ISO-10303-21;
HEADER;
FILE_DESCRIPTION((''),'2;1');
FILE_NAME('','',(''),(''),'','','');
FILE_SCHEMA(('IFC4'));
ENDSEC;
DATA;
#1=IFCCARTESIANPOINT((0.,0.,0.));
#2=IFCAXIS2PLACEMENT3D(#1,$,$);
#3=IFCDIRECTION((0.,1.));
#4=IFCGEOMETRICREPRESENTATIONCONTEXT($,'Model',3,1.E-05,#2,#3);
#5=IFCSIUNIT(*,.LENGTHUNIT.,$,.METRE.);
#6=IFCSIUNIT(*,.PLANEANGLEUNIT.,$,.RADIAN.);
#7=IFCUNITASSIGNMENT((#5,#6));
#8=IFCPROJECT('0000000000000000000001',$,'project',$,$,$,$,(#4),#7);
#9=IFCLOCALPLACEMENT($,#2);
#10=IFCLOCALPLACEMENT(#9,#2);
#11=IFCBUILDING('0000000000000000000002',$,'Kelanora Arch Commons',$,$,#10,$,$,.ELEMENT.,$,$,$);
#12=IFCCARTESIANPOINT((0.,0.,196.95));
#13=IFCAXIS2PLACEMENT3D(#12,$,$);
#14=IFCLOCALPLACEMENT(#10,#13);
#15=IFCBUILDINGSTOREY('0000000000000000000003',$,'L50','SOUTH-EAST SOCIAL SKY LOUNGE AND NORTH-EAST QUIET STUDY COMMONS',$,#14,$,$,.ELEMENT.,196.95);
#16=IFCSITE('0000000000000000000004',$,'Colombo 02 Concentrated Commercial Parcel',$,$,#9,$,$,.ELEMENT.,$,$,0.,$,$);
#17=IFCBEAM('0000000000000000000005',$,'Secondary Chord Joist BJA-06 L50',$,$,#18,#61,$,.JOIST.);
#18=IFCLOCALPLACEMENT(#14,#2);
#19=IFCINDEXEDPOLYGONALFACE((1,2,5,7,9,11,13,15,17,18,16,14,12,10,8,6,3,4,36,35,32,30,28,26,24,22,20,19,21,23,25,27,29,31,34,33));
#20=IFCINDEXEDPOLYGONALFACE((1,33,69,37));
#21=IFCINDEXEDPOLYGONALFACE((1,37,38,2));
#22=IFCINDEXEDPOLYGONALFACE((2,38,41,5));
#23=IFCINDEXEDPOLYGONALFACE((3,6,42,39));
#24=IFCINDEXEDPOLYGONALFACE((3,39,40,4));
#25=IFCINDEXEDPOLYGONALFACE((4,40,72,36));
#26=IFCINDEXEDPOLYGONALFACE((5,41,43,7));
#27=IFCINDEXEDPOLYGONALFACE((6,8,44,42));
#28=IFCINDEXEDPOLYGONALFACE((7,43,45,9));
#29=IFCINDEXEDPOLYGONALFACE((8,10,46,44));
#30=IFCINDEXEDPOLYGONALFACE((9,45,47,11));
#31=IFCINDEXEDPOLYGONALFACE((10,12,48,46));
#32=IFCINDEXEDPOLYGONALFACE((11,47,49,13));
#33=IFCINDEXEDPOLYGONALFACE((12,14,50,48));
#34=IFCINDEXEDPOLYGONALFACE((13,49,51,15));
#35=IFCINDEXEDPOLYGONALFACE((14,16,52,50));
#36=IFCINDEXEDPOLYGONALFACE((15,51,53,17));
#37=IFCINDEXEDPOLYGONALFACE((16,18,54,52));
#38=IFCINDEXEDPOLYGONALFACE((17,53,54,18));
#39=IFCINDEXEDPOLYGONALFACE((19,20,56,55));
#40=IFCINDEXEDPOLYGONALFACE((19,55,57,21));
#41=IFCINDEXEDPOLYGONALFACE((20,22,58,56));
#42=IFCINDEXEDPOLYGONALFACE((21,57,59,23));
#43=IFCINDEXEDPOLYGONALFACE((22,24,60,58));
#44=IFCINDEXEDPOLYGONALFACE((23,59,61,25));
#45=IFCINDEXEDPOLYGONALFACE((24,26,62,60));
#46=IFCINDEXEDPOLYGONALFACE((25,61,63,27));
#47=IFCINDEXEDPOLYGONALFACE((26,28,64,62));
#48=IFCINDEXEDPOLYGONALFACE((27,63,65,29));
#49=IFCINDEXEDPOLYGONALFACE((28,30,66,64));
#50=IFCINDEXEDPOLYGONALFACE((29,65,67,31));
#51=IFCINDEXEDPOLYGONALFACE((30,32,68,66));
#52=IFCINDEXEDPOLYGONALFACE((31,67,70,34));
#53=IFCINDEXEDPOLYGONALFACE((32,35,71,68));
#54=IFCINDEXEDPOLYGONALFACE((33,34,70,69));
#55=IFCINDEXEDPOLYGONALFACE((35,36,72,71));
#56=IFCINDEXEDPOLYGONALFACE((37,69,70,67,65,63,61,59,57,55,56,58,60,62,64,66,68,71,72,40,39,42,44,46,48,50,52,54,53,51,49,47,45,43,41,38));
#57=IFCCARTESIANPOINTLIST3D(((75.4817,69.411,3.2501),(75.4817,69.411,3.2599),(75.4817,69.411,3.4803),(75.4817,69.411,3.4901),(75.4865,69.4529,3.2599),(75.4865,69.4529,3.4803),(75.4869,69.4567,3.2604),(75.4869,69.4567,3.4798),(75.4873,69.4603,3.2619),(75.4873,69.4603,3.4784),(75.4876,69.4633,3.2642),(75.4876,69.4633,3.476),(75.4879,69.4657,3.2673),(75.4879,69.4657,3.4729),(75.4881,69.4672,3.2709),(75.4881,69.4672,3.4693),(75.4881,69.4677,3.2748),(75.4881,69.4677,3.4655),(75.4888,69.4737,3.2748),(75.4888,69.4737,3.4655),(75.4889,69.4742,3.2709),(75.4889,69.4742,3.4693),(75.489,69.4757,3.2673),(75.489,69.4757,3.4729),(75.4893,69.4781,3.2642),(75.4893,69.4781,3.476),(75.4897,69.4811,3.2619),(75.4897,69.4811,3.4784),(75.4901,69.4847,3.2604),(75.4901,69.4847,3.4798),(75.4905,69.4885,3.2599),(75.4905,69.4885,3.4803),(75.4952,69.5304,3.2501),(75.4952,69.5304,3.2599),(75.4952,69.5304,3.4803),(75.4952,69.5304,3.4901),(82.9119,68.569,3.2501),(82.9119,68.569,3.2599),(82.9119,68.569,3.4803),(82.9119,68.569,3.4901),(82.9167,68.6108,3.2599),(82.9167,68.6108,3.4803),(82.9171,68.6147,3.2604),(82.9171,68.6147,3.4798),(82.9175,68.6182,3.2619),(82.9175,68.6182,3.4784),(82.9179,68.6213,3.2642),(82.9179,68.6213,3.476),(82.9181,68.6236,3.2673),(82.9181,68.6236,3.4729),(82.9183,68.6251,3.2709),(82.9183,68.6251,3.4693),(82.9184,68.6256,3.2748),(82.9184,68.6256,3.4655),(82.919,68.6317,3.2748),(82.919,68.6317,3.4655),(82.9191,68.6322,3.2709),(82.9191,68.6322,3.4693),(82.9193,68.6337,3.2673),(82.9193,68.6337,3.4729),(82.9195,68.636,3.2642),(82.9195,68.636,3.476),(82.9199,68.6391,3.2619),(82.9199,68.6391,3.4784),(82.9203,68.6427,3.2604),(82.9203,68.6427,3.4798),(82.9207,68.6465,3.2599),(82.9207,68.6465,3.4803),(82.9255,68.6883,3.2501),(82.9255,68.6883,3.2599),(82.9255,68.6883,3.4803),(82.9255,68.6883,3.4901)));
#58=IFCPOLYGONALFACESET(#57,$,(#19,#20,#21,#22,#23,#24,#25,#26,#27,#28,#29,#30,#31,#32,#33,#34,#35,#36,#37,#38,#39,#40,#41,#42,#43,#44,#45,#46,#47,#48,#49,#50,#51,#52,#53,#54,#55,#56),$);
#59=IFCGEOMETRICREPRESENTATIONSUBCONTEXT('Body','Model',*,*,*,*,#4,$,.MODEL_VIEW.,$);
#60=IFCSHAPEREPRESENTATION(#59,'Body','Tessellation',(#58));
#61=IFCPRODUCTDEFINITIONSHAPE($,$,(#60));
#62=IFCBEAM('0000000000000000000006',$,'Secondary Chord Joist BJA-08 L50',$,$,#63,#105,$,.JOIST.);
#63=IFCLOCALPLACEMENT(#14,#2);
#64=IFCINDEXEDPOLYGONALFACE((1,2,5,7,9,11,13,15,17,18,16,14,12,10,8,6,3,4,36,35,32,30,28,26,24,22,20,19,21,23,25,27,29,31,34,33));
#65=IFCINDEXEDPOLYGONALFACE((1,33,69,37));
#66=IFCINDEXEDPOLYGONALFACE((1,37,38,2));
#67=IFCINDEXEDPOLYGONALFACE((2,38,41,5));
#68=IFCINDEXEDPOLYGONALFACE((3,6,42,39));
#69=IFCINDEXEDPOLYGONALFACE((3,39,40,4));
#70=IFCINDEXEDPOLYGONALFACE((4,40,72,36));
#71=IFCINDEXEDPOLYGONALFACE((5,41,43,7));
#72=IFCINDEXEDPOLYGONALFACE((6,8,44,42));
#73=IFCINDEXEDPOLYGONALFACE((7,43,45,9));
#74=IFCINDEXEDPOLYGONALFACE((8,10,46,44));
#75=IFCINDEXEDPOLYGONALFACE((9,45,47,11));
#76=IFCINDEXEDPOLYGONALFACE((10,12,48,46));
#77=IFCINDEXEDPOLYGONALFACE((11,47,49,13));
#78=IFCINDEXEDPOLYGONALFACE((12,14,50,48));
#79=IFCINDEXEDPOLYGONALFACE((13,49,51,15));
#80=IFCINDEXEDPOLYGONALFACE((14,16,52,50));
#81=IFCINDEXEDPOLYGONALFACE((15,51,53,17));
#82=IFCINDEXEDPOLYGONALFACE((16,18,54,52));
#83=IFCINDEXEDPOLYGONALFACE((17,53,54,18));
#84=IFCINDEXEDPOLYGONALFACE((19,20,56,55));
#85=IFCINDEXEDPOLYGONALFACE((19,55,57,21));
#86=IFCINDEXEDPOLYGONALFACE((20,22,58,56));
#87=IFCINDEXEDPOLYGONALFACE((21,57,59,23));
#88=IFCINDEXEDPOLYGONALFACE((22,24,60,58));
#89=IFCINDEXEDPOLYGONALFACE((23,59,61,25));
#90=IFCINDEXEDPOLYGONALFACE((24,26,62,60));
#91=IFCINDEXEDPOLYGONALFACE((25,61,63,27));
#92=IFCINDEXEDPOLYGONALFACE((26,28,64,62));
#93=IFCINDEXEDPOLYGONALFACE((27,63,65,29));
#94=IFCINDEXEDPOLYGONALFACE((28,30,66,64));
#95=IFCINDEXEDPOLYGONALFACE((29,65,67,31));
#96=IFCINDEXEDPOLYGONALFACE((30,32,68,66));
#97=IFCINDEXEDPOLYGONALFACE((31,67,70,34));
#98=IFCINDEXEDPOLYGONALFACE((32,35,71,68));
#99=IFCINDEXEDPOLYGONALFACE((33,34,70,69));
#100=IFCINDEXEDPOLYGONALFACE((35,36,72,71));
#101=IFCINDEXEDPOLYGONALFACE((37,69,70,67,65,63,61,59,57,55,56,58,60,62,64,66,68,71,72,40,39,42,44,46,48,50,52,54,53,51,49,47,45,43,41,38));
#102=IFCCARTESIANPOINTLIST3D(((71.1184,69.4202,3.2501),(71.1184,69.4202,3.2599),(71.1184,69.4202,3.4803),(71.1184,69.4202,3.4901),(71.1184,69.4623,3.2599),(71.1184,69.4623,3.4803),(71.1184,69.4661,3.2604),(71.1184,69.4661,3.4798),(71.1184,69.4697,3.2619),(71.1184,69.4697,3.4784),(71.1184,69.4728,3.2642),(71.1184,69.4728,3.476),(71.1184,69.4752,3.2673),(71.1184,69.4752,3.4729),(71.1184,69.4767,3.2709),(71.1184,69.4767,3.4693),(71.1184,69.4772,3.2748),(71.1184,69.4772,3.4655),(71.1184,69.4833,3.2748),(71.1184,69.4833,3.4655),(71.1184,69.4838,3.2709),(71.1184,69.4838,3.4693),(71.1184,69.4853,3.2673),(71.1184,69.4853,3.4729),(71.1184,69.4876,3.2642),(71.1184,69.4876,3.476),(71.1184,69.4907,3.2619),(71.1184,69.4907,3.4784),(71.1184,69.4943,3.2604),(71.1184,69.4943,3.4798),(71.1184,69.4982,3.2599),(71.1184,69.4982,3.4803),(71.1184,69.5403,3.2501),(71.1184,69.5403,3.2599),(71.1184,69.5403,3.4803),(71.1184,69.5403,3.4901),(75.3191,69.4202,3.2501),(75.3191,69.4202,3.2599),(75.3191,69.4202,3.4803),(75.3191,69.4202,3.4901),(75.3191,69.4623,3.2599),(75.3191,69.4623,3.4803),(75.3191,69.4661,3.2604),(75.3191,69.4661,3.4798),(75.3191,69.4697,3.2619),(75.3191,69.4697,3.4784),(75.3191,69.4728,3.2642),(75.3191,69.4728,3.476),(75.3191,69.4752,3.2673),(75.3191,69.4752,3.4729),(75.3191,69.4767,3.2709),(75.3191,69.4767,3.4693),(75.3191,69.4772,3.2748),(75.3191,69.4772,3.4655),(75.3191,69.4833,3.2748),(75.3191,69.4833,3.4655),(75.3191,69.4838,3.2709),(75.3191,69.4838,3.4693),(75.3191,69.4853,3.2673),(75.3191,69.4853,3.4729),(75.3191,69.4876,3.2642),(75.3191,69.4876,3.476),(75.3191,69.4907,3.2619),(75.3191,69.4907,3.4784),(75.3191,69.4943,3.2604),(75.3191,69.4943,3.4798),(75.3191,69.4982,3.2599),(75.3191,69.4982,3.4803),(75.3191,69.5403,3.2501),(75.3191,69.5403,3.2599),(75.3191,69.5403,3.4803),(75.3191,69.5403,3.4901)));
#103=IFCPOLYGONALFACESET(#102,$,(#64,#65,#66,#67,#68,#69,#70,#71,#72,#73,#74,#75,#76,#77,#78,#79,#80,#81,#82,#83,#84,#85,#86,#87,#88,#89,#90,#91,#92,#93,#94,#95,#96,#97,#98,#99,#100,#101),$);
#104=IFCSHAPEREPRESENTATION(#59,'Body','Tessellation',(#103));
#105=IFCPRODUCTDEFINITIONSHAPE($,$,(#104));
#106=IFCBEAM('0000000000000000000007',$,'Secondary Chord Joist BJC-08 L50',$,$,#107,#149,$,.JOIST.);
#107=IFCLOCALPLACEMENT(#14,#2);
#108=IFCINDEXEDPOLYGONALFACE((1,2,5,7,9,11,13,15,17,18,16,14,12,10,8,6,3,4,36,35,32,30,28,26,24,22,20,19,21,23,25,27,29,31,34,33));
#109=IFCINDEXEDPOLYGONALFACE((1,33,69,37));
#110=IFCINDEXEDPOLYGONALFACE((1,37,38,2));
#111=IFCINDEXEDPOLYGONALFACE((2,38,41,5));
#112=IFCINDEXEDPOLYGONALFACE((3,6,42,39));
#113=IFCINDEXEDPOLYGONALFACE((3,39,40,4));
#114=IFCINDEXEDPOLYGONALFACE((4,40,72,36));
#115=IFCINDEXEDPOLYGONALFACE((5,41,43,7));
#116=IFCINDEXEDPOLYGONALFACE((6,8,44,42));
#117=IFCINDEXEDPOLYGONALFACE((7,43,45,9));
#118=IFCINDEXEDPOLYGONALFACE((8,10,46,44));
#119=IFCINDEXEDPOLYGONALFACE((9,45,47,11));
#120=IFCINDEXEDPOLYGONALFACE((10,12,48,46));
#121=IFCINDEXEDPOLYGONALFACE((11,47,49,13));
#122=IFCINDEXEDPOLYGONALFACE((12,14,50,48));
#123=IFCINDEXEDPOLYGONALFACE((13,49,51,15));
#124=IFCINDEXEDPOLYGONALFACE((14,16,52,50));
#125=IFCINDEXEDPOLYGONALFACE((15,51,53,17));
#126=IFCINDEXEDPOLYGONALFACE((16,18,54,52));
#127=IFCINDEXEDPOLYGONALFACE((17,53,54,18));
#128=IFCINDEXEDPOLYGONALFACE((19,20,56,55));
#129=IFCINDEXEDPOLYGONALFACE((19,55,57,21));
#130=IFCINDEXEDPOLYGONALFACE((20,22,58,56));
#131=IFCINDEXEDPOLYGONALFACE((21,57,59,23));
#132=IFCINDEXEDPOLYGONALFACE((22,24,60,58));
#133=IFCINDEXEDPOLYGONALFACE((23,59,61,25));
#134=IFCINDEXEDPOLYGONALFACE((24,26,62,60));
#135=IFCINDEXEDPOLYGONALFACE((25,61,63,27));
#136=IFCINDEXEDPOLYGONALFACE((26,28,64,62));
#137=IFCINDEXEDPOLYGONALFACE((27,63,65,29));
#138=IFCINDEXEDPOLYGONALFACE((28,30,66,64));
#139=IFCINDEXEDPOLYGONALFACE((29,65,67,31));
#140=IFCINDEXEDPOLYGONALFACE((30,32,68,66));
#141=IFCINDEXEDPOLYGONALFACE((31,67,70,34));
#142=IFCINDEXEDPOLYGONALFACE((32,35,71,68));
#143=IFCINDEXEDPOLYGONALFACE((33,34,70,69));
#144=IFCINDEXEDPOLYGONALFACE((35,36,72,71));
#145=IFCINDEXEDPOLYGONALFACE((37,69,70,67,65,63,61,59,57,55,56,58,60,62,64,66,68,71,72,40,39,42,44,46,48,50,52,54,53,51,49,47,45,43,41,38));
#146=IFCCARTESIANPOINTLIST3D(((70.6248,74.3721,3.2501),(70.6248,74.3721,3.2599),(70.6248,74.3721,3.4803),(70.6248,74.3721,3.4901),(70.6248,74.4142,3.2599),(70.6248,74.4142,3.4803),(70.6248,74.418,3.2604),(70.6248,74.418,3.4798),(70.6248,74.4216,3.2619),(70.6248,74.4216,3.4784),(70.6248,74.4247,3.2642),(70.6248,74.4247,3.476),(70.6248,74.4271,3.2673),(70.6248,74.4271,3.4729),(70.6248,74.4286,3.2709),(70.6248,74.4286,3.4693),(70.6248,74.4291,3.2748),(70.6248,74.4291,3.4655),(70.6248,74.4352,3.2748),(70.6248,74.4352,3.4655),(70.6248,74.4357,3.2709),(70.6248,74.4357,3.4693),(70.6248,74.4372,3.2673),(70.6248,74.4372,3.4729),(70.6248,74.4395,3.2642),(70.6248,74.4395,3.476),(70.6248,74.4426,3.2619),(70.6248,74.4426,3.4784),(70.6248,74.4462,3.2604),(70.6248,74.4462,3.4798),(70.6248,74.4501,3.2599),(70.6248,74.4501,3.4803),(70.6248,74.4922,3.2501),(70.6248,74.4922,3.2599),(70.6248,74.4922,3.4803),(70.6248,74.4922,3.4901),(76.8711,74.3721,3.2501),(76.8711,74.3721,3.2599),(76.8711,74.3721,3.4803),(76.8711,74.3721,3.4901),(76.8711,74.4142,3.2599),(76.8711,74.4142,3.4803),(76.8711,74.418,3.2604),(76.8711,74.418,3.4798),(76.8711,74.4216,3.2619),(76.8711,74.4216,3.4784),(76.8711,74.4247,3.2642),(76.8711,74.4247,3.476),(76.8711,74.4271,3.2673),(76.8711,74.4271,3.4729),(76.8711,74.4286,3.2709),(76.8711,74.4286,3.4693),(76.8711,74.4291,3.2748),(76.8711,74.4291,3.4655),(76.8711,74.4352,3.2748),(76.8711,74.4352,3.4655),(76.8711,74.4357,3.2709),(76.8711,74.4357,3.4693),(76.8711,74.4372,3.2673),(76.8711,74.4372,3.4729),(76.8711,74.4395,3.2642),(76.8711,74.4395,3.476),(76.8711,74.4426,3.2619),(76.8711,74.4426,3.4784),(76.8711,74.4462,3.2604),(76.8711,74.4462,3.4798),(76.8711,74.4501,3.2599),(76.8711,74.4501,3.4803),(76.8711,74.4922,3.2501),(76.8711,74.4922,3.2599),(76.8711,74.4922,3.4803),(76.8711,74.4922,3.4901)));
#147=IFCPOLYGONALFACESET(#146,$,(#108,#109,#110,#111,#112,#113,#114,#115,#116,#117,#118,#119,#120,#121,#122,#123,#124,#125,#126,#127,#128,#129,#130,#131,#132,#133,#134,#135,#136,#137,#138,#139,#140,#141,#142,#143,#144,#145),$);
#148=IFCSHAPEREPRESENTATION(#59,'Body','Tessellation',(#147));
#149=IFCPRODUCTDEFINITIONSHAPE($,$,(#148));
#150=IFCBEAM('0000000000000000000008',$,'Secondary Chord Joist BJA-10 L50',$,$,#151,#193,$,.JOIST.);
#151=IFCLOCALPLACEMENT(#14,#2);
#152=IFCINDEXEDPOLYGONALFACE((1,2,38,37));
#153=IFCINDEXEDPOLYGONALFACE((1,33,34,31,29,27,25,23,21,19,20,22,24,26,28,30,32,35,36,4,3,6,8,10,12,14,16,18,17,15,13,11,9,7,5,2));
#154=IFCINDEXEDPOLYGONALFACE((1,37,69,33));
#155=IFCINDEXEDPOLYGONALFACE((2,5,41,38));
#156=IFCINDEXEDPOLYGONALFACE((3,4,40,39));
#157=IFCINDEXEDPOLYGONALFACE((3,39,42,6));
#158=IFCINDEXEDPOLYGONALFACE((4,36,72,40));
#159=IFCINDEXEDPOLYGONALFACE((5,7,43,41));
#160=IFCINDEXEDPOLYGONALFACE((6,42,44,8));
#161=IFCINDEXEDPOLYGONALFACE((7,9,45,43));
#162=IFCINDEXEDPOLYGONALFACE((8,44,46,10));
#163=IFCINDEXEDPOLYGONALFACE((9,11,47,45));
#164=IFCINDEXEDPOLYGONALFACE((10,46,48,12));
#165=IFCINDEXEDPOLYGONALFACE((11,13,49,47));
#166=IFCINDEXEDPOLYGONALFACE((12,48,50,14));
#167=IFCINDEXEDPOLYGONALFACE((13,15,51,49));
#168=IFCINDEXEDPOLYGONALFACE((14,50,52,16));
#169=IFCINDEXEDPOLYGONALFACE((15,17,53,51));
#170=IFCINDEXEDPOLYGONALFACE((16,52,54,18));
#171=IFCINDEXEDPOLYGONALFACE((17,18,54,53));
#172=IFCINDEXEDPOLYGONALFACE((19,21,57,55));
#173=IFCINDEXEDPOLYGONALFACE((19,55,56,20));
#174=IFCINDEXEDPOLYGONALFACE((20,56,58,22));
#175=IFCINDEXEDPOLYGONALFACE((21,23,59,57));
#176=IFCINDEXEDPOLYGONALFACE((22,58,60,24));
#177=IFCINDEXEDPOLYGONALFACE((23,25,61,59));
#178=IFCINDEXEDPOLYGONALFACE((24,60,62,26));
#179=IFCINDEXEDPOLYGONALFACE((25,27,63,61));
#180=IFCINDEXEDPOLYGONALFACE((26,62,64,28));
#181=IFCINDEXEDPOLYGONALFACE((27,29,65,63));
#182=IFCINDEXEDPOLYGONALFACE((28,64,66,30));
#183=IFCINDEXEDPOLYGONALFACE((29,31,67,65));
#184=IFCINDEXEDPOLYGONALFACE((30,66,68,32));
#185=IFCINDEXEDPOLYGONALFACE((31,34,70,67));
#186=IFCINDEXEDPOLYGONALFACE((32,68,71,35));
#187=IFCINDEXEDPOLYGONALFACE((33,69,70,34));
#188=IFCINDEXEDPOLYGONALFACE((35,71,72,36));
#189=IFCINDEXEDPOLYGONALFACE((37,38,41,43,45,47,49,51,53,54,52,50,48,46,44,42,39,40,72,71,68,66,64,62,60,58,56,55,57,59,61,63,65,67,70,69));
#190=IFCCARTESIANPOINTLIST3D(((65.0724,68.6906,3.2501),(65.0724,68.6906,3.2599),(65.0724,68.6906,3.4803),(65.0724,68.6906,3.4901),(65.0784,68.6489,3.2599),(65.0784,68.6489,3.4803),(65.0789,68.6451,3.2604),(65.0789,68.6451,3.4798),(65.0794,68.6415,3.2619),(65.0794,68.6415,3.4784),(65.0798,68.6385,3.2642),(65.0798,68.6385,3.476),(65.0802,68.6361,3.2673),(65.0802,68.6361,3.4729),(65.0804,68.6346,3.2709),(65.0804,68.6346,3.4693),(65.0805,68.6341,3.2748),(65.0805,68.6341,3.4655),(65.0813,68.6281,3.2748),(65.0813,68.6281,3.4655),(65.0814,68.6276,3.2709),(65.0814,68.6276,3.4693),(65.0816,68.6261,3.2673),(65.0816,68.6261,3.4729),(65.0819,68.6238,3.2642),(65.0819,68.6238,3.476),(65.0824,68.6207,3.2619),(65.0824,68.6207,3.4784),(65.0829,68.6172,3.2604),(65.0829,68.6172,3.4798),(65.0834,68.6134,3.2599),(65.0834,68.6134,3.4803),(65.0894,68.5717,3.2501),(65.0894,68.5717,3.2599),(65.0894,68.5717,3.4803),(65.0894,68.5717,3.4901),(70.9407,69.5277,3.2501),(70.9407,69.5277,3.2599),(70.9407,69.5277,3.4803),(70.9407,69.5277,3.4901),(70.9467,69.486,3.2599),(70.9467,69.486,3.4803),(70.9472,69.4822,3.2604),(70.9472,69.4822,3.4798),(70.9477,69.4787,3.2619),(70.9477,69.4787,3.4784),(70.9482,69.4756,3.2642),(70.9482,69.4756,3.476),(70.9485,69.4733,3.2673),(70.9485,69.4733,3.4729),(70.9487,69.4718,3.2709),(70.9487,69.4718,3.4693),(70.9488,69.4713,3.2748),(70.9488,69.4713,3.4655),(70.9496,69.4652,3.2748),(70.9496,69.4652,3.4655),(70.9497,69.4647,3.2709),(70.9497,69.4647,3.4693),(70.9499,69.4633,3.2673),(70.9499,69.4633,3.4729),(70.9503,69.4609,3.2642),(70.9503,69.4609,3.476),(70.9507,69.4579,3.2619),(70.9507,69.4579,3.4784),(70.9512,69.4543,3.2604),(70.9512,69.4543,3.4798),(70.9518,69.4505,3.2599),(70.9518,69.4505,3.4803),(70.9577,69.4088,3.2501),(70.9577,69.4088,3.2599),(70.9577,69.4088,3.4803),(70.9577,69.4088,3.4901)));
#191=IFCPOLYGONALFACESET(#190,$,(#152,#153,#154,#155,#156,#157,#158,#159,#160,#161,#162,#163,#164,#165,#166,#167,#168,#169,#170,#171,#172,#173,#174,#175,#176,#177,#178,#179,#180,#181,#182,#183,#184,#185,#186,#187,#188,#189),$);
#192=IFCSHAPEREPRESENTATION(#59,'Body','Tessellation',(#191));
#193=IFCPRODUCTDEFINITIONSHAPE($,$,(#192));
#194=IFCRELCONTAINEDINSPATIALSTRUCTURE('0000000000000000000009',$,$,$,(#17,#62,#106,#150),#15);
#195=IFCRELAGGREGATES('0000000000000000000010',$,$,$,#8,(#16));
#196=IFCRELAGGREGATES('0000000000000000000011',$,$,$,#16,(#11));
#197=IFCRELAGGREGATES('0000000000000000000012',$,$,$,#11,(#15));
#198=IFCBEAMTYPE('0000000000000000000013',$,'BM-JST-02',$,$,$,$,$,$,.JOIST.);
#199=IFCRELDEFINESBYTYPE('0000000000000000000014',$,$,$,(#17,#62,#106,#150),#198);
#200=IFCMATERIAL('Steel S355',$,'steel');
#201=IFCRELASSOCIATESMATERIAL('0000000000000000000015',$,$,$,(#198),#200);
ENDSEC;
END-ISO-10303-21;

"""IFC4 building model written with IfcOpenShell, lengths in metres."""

from ifc_helpers import new_model, si_unit, direction, frame, origin, origin_2d, place, context, subcontext, project, spatial, i_section, extrude, material, material_profile, profile_set, type_object, element, save


model = new_model("IFC4")

# Units and contexts
model_context = context("Model", 3, precision=1e-05, world=origin(), true_north=direction((0.0, 1.0)))
body_context = subcontext(model_context, "Body", "Model", "MODEL_VIEW")
ifc_project = project(units=[si_unit("LENGTHUNIT", "METRE"), si_unit("PLANEANGLEUNIT", "RADIAN")], contexts=[model_context])

# Site, building, storey
site_placement = place(None, origin())
site = spatial("IfcSite", under=ifc_project, at=site_placement, Name="Colombo 02 Concentrated Commercial Parcel", CompositionType="ELEMENT", RefElevation=0.0)
building_placement = place(site_placement, origin())
building = spatial("IfcBuilding", under=site, at=building_placement, Name="Kelanora Arch Commons", CompositionType="ELEMENT")
storey_placement = place(building_placement, frame((0.0, 0.0, 196.95)))
storey = spatial("IfcBuildingStorey", under=building, at=storey_placement, Name="L50", Description="SOUTH-EAST SOCIAL SKY LOUNGE AND NORTH-EAST QUIET STUDY COMMONS", CompositionType="ELEMENT", Elevation=196.95)

# Beams
ifc_material_1 = material(Name="Steel S355", Category="steel")
ifc_material_profile_1 = material_profile(ifc_material_1, i_section(OverallWidth=0.1201, OverallDepth=0.24, WebThickness=0.0061, FlangeThickness=0.0098, FilletRadius=0.0149, at=origin_2d()), Name="IPE240")
ifc_profile_set_1 = profile_set([ifc_material_profile_1], Name="Steel S355")
beam_type_1 = type_object("IfcBeamType", Name="BM-JST-02", PredefinedType="JOIST", material=ifc_profile_set_1)
beam_1_placement = place(storey_placement, frame((82.9187, 68.6287, 3.3701), z_axis=(-0.99364, 0.112606, 0.0), x_axis=(-0.112606, -0.99364, 0.0)))
element("IfcBeam", 1, at=beam_1_placement, inside=storey, type_object=beam_type_1, Name="Secondary Chord Joist BJA-06 L50", PredefinedType="JOIST", context=body_context, shape_type="SweptSolid", body=[
    extrude(i_section(OverallWidth=0.1201, OverallDepth=0.24, WebThickness=0.0061, FlangeThickness=0.0098, FilletRadius=0.0149, at=origin_2d()), origin(), (0.0, 0.0, 1.0), 7.4778),
])
beam_2_placement = place(storey_placement, frame((75.3191, 69.4802, 3.3701), z_axis=(-1.0, 0.0, 0.0), x_axis=(0.0, -1.0, 0.0)))
element("IfcBeam", 2, at=beam_2_placement, inside=storey, type_object=beam_type_1, Name="Secondary Chord Joist BJA-08 L50", PredefinedType="JOIST", context=body_context, shape_type="SweptSolid", body=[
    extrude(i_section(OverallWidth=0.1201, OverallDepth=0.24, WebThickness=0.0061, FlangeThickness=0.0098, FilletRadius=0.0149, at=origin_2d()), origin(), (0.0, 0.0, 1.0), 4.2007),
])
beam_3_placement = place(storey_placement, frame((76.8711, 74.4321, 3.3701), z_axis=(-1.0, 0.0, 0.0), x_axis=(0.0, -1.0, 0.0)))
element("IfcBeam", 3, at=beam_3_placement, inside=storey, type_object=beam_type_1, Name="Secondary Chord Joist BJC-08 L50", PredefinedType="JOIST", context=body_context, shape_type="SweptSolid", body=[
    extrude(i_section(OverallWidth=0.1201, OverallDepth=0.24, WebThickness=0.0061, FlangeThickness=0.0098, FilletRadius=0.0149, at=origin_2d()), origin(), (0.0, 0.0, 1.0), 6.2463),
])
beam_4_placement = place(storey_placement, frame((70.9492, 69.4683, 3.3701), z_axis=(-0.989977, -0.141225, 0.0), x_axis=(0.141225, -0.989977, 0.0)))
element("IfcBeam", 4, at=beam_4_placement, inside=storey, type_object=beam_type_1, Name="Secondary Chord Joist BJA-10 L50", PredefinedType="JOIST", context=body_context, shape_type="SweptSolid", body=[
    extrude(i_section(OverallWidth=0.1201, OverallDepth=0.24, WebThickness=0.0061, FlangeThickness=0.0098, FilletRadius=0.0149, at=origin_2d()), origin(), (0.0, 0.0, 1.0), 5.9277),
])

save(model, "model.ifc")
